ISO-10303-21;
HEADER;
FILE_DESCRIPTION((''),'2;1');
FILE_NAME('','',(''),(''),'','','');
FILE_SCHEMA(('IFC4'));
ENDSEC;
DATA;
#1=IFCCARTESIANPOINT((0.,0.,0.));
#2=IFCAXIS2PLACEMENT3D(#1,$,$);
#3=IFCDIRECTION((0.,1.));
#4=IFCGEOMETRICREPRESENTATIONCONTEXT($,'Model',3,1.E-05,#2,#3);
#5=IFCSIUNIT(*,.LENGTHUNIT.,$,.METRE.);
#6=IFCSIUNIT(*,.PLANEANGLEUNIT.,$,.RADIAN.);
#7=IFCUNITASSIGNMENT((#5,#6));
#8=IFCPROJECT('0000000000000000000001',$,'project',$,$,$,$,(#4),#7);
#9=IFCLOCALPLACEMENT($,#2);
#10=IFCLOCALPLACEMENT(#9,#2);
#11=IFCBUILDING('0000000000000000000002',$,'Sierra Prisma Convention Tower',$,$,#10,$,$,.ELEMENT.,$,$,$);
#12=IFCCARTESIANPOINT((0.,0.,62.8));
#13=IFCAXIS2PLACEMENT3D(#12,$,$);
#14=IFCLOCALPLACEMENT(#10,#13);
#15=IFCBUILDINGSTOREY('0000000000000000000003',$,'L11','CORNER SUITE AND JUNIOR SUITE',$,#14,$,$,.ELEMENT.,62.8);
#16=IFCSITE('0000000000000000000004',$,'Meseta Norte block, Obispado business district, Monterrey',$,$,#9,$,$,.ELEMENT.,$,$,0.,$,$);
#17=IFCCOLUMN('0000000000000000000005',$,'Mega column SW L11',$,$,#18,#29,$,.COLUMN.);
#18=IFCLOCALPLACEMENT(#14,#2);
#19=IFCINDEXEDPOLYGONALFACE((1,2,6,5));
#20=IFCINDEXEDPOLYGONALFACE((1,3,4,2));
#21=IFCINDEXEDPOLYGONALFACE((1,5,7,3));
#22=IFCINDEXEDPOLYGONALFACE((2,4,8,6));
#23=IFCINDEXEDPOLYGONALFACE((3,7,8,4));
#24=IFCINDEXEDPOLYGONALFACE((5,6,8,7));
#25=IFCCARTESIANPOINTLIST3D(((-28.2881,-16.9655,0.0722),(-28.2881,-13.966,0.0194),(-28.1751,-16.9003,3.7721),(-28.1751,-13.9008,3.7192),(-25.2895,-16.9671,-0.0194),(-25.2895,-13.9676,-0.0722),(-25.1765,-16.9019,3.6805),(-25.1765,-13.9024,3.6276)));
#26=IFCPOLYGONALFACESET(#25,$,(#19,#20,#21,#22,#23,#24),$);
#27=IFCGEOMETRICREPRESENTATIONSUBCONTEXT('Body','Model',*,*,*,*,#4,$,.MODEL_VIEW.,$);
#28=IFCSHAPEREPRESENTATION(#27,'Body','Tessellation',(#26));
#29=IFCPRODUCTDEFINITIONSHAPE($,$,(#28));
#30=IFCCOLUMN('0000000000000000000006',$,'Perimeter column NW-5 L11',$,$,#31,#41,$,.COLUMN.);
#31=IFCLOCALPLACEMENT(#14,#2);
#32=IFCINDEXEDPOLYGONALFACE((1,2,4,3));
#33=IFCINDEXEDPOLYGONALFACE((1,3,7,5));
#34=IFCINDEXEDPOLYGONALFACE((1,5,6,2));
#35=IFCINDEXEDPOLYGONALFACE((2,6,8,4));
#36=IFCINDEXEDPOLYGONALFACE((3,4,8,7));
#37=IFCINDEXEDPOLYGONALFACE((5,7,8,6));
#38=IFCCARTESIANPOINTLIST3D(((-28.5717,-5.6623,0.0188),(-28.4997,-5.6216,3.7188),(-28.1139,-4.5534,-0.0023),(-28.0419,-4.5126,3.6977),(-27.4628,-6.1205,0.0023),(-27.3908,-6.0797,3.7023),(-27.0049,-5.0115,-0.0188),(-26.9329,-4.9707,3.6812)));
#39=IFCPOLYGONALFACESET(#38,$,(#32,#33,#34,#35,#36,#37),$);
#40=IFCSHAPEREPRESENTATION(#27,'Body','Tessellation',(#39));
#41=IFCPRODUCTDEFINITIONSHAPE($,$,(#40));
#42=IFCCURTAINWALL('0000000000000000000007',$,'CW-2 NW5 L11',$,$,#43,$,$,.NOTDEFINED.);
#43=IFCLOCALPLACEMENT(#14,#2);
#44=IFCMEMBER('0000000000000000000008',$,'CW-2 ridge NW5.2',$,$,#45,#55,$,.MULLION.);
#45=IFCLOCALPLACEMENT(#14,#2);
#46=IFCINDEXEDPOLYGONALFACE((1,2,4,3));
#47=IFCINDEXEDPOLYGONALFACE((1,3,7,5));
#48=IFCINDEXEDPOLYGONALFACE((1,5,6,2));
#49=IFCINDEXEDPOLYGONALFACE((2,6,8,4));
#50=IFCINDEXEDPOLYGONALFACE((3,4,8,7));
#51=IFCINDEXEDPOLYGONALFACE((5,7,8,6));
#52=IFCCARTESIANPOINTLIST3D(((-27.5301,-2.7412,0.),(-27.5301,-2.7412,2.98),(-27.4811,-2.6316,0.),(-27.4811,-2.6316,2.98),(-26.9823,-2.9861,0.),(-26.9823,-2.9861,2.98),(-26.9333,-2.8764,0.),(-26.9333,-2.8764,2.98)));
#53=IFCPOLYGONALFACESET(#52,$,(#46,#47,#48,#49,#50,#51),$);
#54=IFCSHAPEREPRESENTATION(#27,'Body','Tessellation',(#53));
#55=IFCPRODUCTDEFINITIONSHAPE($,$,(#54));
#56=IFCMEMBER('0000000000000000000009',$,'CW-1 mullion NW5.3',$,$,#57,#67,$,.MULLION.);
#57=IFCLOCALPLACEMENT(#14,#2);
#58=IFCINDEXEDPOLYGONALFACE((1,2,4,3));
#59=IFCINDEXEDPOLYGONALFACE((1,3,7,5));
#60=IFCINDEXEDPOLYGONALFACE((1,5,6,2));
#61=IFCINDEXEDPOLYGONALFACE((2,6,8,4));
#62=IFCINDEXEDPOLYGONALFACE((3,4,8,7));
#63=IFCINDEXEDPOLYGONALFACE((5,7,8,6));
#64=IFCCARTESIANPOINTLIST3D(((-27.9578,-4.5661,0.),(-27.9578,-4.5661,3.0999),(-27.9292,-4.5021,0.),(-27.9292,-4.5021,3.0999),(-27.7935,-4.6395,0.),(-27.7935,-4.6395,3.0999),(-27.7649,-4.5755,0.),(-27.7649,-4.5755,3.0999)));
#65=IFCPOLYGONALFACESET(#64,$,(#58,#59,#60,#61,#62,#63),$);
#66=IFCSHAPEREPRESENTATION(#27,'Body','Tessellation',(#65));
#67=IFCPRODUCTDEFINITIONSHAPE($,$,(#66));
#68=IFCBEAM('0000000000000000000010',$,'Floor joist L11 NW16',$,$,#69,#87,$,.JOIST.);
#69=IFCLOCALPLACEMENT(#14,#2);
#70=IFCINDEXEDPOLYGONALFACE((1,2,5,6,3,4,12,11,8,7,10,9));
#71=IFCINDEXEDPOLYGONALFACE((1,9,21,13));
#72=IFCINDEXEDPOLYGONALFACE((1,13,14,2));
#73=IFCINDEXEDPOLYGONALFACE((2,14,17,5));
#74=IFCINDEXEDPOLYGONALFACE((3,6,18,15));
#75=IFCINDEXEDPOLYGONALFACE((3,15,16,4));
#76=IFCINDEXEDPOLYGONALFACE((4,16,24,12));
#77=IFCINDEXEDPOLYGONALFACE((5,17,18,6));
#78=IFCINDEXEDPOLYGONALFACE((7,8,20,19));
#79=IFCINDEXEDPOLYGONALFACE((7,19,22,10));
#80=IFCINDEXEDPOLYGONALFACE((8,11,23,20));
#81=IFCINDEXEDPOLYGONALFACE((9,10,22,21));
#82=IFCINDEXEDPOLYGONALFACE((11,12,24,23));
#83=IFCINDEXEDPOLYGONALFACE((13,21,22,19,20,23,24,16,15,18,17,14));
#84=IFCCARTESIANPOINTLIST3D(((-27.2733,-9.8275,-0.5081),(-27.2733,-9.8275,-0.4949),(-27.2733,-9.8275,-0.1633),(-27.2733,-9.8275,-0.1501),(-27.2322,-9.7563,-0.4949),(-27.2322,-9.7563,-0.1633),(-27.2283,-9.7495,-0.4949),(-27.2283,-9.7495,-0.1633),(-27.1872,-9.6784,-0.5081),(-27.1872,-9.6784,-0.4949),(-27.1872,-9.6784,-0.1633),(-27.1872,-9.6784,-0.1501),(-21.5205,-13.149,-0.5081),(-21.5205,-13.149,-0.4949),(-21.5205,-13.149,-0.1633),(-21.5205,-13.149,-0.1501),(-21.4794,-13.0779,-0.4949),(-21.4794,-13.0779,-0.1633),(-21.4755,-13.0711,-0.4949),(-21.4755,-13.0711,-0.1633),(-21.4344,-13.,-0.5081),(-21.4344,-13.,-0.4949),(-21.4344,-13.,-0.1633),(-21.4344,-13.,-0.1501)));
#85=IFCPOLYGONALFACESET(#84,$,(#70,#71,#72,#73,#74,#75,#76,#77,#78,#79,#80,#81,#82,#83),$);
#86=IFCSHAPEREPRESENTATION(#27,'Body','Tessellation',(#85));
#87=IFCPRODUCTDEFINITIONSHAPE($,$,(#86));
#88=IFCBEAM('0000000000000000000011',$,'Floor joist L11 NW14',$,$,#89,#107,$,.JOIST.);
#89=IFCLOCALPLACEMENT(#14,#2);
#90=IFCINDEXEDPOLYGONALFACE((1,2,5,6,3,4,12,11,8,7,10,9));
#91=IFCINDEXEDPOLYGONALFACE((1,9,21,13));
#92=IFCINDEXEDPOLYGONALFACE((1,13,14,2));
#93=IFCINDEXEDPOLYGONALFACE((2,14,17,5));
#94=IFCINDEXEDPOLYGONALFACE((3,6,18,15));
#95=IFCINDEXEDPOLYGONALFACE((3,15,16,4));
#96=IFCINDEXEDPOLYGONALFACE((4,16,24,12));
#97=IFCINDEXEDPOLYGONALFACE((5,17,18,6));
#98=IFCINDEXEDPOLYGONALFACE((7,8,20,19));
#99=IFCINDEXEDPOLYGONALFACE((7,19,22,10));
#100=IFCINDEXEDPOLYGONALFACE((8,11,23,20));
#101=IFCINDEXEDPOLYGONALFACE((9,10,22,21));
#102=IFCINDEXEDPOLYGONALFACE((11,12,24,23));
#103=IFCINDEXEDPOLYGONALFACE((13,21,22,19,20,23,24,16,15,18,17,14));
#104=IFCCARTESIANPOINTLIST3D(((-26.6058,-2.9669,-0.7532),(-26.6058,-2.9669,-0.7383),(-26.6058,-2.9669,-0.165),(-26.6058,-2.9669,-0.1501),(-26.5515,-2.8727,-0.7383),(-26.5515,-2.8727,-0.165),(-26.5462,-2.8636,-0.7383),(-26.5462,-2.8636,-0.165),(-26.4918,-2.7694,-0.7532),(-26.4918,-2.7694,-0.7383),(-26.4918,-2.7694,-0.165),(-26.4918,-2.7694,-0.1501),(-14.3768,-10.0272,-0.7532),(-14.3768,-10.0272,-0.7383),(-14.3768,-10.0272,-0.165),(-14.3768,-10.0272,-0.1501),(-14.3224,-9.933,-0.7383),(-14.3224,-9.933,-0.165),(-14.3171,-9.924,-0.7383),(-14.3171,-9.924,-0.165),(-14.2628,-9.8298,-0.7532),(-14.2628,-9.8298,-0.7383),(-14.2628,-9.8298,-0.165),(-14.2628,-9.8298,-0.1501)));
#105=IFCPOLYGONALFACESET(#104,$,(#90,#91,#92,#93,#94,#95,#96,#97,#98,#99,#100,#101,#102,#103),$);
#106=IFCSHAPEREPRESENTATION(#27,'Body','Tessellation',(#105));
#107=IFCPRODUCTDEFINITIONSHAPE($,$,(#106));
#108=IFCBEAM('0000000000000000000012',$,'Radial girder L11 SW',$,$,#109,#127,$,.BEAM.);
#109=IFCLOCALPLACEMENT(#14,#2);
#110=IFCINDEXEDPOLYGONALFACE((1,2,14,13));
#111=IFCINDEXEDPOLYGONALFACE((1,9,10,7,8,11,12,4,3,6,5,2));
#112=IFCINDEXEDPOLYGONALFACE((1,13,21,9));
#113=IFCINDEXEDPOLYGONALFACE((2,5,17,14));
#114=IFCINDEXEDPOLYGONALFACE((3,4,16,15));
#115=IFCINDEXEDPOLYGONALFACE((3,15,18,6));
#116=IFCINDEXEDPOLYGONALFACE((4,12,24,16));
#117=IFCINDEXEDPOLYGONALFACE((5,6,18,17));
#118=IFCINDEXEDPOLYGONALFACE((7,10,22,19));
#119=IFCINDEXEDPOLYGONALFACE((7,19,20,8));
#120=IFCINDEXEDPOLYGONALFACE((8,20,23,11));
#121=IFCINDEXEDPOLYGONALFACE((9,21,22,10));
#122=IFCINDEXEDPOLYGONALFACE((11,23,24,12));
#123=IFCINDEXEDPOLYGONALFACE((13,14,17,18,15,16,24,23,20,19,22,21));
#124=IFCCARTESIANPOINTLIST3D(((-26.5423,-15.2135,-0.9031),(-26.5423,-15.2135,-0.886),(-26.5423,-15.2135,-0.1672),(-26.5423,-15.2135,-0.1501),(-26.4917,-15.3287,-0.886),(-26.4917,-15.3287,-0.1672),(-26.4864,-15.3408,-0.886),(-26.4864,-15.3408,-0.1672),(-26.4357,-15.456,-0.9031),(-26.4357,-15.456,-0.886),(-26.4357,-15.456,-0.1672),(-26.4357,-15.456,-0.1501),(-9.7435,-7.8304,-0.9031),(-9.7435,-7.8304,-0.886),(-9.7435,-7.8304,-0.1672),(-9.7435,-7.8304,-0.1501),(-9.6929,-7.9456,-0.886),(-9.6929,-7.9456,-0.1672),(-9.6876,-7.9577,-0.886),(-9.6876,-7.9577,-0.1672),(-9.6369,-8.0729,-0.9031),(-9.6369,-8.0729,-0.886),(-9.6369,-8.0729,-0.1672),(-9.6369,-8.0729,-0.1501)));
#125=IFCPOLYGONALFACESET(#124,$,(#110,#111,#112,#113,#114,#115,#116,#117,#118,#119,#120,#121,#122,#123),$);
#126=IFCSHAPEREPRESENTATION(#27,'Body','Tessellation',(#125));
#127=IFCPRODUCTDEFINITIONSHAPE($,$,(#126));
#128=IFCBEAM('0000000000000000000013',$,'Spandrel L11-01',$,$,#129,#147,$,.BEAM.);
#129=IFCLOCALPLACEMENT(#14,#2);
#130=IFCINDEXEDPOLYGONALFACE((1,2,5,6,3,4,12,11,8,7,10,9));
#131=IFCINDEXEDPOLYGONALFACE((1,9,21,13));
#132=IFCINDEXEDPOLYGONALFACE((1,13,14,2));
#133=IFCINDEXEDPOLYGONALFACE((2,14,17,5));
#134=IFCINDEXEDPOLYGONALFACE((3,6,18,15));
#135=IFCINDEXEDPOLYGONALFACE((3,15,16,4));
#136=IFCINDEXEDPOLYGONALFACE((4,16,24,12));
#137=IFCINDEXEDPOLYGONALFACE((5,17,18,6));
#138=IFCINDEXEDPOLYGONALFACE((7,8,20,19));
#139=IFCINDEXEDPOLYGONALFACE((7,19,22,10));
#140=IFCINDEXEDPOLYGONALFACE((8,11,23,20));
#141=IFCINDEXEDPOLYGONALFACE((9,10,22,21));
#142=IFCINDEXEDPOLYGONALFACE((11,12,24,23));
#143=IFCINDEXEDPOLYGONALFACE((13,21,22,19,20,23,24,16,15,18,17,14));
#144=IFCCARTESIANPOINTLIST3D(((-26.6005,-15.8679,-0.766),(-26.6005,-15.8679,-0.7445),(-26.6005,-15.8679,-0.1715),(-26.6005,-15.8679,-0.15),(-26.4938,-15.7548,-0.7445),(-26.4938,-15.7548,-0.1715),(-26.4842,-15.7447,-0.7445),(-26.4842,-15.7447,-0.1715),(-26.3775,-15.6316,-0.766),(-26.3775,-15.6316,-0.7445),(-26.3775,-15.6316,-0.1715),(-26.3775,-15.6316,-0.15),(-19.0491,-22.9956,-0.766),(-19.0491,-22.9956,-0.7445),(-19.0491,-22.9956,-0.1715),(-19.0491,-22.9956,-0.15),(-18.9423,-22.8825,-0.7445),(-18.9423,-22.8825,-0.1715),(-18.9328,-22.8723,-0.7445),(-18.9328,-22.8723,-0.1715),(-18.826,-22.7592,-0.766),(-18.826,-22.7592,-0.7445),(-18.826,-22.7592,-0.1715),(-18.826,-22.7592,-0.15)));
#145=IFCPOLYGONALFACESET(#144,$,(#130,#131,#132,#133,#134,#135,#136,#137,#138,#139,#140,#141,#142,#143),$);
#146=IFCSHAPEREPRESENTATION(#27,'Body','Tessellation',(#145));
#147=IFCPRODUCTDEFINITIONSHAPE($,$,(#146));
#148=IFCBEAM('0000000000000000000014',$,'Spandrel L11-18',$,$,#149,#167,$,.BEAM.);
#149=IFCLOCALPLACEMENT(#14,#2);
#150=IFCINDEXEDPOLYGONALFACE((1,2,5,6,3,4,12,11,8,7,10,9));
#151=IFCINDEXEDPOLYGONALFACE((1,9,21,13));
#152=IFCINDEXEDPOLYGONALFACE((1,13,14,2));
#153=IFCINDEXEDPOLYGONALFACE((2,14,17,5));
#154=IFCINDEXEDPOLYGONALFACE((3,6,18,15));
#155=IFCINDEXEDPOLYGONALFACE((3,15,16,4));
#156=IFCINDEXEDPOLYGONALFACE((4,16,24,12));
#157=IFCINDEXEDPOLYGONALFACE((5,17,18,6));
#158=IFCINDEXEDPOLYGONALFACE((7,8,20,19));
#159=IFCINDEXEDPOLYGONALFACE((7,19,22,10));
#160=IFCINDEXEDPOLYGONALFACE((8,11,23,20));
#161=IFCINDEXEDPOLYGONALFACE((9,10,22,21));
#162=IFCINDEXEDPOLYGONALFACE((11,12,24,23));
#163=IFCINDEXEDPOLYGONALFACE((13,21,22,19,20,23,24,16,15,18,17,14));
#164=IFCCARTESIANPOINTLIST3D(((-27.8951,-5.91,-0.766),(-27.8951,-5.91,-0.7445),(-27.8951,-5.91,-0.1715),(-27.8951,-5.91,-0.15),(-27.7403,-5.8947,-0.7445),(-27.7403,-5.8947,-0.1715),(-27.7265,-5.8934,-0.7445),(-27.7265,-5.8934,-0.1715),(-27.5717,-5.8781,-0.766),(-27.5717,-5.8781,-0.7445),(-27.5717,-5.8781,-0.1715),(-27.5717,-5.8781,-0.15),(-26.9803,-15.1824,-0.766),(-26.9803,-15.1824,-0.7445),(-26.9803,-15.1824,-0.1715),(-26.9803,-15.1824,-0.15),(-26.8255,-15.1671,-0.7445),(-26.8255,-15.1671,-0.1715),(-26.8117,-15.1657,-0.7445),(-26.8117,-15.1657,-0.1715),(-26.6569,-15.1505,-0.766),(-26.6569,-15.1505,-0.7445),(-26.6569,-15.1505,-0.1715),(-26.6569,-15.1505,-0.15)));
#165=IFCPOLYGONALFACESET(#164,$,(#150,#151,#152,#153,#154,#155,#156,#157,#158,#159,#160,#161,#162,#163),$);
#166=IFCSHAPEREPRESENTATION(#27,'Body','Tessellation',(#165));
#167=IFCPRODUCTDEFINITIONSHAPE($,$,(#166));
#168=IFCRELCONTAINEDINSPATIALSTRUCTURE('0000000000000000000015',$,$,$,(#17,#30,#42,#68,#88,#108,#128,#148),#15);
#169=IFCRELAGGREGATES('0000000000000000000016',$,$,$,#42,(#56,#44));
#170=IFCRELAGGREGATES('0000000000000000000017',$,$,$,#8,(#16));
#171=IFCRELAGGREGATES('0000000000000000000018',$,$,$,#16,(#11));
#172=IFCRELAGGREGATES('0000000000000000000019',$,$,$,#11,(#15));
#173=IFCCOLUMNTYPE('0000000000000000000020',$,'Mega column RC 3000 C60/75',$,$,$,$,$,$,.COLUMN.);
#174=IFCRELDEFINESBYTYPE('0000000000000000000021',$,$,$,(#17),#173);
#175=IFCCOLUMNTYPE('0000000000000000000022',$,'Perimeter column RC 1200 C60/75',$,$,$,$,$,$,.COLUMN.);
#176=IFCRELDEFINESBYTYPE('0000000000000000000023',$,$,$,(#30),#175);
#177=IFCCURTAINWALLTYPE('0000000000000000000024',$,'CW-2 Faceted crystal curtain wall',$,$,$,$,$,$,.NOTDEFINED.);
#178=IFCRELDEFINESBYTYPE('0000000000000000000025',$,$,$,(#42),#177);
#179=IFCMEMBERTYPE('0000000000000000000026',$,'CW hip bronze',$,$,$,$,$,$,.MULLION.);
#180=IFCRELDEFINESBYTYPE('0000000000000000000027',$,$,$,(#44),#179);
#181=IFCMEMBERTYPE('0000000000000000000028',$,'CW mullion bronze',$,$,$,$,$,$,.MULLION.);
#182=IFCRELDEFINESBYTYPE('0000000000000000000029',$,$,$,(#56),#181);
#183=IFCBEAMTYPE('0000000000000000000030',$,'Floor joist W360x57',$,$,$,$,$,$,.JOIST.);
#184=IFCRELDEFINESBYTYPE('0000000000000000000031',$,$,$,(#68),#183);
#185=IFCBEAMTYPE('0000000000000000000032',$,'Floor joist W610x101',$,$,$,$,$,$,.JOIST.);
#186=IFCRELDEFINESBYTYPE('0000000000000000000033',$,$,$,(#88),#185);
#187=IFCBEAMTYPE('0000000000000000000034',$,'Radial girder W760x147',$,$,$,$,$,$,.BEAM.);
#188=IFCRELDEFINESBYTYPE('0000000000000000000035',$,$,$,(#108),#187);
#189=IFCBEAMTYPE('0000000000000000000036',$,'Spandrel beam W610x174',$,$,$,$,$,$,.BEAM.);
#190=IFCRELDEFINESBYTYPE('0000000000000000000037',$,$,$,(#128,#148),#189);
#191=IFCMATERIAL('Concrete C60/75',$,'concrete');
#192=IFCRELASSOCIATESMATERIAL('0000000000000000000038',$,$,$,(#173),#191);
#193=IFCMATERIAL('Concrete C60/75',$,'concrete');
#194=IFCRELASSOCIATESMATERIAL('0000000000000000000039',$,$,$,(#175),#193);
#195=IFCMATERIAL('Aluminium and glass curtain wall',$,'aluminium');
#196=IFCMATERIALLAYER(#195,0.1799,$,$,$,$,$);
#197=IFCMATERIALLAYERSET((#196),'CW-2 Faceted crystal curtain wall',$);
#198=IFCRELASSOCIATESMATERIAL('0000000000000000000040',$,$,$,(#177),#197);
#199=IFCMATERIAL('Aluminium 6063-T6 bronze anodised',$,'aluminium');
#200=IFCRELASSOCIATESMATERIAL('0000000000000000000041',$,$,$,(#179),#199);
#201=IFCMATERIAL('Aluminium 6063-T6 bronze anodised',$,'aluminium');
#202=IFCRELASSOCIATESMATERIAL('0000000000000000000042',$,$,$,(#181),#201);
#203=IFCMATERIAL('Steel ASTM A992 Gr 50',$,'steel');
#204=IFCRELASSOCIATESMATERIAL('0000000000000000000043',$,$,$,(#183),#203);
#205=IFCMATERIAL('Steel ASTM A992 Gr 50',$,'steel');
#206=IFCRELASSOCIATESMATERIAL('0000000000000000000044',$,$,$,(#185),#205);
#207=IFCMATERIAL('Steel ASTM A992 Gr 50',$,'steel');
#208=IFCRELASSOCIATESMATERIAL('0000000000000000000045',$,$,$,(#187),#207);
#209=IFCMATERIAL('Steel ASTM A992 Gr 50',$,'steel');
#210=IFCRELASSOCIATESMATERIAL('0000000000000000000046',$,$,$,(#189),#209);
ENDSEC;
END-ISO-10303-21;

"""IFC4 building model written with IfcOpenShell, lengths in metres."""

from ifc_helpers import new_model, si_unit, direction, frame, origin, origin_2d, place, context, subcontext, project, spatial, rectangle, i_section, extrude, material, layer, layer_set, material_profile, profile_set, type_object, element, aggregate, save


model = new_model("IFC4")

# Units and contexts
model_context = context("Model", 3, precision=1e-05, world=origin(), true_north=direction((0.0, 1.0)))
body_context = subcontext(model_context, "Body", "Model", "MODEL_VIEW")
ifc_project = project(units=[si_unit("LENGTHUNIT", "METRE"), si_unit("PLANEANGLEUNIT", "RADIAN")], contexts=[model_context])

# Site, building, storey
site_placement = place(None, origin())
site = spatial("IfcSite", under=ifc_project, at=site_placement, Name="Meseta Norte block, Obispado business district, Monterrey", CompositionType="ELEMENT", RefElevation=0.0)
building_placement = place(site_placement, origin())
building = spatial("IfcBuilding", under=site, at=building_placement, Name="Sierra Prisma Convention Tower", CompositionType="ELEMENT")
storey_placement = place(building_placement, frame((0.0, 0.0, 62.8)))
storey = spatial("IfcBuildingStorey", under=building, at=storey_placement, Name="L11", Description="CORNER SUITE AND JUNIOR SUITE", CompositionType="ELEMENT", Elevation=62.8)

# Columns
ifc_material_1 = material(Name="Concrete C60/75", Category="concrete")
ifc_material_profile_1 = material_profile(ifc_material_1, rectangle(XDim=3.0, YDim=3.0, at=origin_2d()), Name="Mega column RC 3000 C60/75")
ifc_profile_set_1 = profile_set([ifc_material_profile_1], Name="Concrete C60/75")
column_type_1 = type_object("IfcColumnType", Name="Mega column RC 3000 C60/75", PredefinedType="COLUMN", material=ifc_profile_set_1)
column_1_placement = place(storey_placement, frame((-26.7888, -15.4666, 0.0), z_axis=(0.030532, 0.017607, 0.999379), x_axis=(0.999534, -0.000538, -0.030527)))
element("IfcColumn", 1, at=column_1_placement, inside=storey, type_object=column_type_1, Name="Mega column SW L11", PredefinedType="COLUMN", context=body_context, shape_type="SweptSolid", body=[
    extrude(rectangle(XDim=3.0, YDim=3.0, at=origin_2d()), origin(), (0.0, 0.0, 1.0), 3.7021),
])
ifc_material_2 = material(Name="Concrete C60/75", Category="concrete")
ifc_material_profile_2 = material_profile(ifc_material_2, rectangle(XDim=1.2, YDim=1.2, at=origin_2d()), Name="Perimeter column RC 1200 C60/75")
ifc_profile_set_2 = profile_set([ifc_material_profile_2], Name="Concrete C60/75")
column_type_2 = type_object("IfcColumnType", Name="Perimeter column RC 1200 C60/75", PredefinedType="COLUMN", material=ifc_profile_set_2)
column_2_placement = place(storey_placement, frame((-27.7883, -5.3369, 0.0), z_axis=(0.019461, 0.011017, 0.99975), x_axis=(0.381542, 0.924184, -0.017611)))
element("IfcColumn", 2, at=column_2_placement, inside=storey, type_object=column_type_2, Name="Perimeter column NW-5 L11", PredefinedType="COLUMN", context=body_context, shape_type="SweptSolid", body=[
    extrude(rectangle(XDim=1.2, YDim=1.2, at=origin_2d()), origin(), (0.0, 0.0, 1.0), 3.7009),
])

# Curtain wall, members
ifc_material_3 = material(Name="Aluminium and glass curtain wall", Category="aluminium")
ifc_layer_1 = layer(ifc_material_3, 0.1799)
ifc_layer_set_1 = layer_set([ifc_layer_1], Name="CW-2 Faceted crystal curtain wall")
curtain_wall_type = type_object("IfcCurtainWallType", Name="CW-2 Faceted crystal curtain wall", PredefinedType="NOTDEFINED", material=ifc_layer_set_1)
curtain_wall_1_placement = place(storey_placement, origin())
curtain_wall_1 = element("IfcCurtainWall", 3, at=curtain_wall_1_placement, inside=storey, type_object=curtain_wall_type, Name="CW-2 NW5 L11", PredefinedType="NOTDEFINED")
ifc_material_4 = material(Name="Aluminium 6063-T6 bronze anodised", Category="aluminium")
ifc_material_profile_3 = material_profile(ifc_material_4, rectangle(XDim=0.1201, YDim=0.6001, at=origin_2d()), Name="ALU RIDGE BLADE 120x600")
ifc_profile_set_3 = profile_set([ifc_material_profile_3], Name="Aluminium 6063-T6 bronze anodised")
member_type_1 = type_object("IfcMemberType", Name="CW hip bronze", PredefinedType="MULLION", material=ifc_profile_set_3)
member_1_placement = place(storey_placement, frame((-27.2317, -2.8088, 0.0), z_axis=(0.0, 0.0, 1.0), x_axis=(-0.408052, -0.912959, 0.0)))
member_1 = element("IfcMember", 4, at=member_1_placement, type_object=member_type_1, Name="CW-2 ridge NW5.2", PredefinedType="MULLION", context=body_context, shape_type="SweptSolid", body=[
    extrude(rectangle(XDim=0.1201, YDim=0.6001, at=origin_2d()), origin(), (0.0, 0.0, 1.0), 2.98),
])
ifc_material_5 = material(Name="Aluminium 6063-T6 bronze anodised", Category="aluminium")
ifc_material_profile_4 = material_profile(ifc_material_5, rectangle(XDim=0.1799, YDim=0.0701, at=origin_2d()), Name="ALU MULLION 70x180")
ifc_profile_set_4 = profile_set([ifc_material_profile_4], Name="Aluminium 6063-T6 bronze anodised")
member_type_2 = type_object("IfcMemberType", Name="CW mullion bronze", PredefinedType="MULLION", material=ifc_profile_set_4)
member_2_placement = place(storey_placement, frame((-27.8613, -4.5708, 0.0), z_axis=(0.0, 0.0, 1.0), x_axis=(0.912959, -0.408052, 0.0)))
member_2 = element("IfcMember", 5, at=member_2_placement, type_object=member_type_2, Name="CW-1 mullion NW5.3", PredefinedType="MULLION", context=body_context, shape_type="SweptSolid", body=[
    extrude(rectangle(XDim=0.1799, YDim=0.0701, at=origin_2d()), origin(), (0.0, 0.0, 1.0), 3.0999),
])

# Beams
ifc_material_6 = material(Name="Steel ASTM A992 Gr 50", Category="steel")
ifc_material_profile_5 = material_profile(ifc_material_6, i_section(OverallWidth=0.1721, OverallDepth=0.3579, WebThickness=0.0078, FlangeThickness=0.0132, at=origin_2d()), Name="W360x57")
ifc_profile_set_5 = profile_set([ifc_material_profile_5], Name="Steel ASTM A992 Gr 50")
beam_type_1 = type_object("IfcBeamType", Name="Floor joist W360x57", PredefinedType="JOIST", material=ifc_profile_set_5)
beam_1_placement = place(storey_placement, frame((-27.2302, -9.7529, -0.3291), z_axis=(0.866011, -0.500025, 0.0), x_axis=(0.500025, 0.866011, 0.0)))
element("IfcBeam", 6, at=beam_1_placement, inside=storey, type_object=beam_type_1, Name="Floor joist L11 NW16", PredefinedType="JOIST", context=body_context, shape_type="SweptSolid", body=[
    extrude(i_section(OverallWidth=0.1721, OverallDepth=0.3579, WebThickness=0.0078, FlangeThickness=0.0132, at=origin_2d()), origin(), (0.0, 0.0, 1.0), 6.6428),
])
ifc_material_7 = material(Name="Steel ASTM A992 Gr 50", Category="steel")
ifc_material_profile_6 = material_profile(ifc_material_7, i_section(OverallWidth=0.228, OverallDepth=0.603, WebThickness=0.0105, FlangeThickness=0.0149, at=origin_2d()), Name="W610x101")
ifc_profile_set_6 = profile_set([ifc_material_profile_6], Name="Steel ASTM A992 Gr 50")
beam_type_2 = type_object("IfcBeamType", Name="Floor joist W610x101", PredefinedType="JOIST", material=ifc_profile_set_6)
beam_2_placement = place(storey_placement, frame((-26.5488, -2.8682, -0.4517), z_axis=(0.866029, -0.499994, 0.0), x_axis=(0.499994, 0.866029, 0.0)))
element("IfcBeam", 7, at=beam_2_placement, inside=storey, type_object=beam_type_2, Name="Floor joist L11 NW14", PredefinedType="JOIST", context=body_context, shape_type="SweptSolid", body=[
    extrude(i_section(OverallWidth=0.228, OverallDepth=0.603, WebThickness=0.0105, FlangeThickness=0.0149, at=origin_2d()), origin(), (0.0, 0.0, 1.0), 14.1208),
])
ifc_material_8 = material(Name="Steel ASTM A992 Gr 50", Category="steel")
ifc_material_profile_7 = material_profile(ifc_material_8, i_section(OverallWidth=0.2649, OverallDepth=0.7529, WebThickness=0.0132, FlangeThickness=0.0171, at=origin_2d()), Name="W760x147")
ifc_profile_set_7 = profile_set([ifc_material_profile_7], Name="Steel ASTM A992 Gr 50")
beam_type_3 = type_object("IfcBeamType", Name="Radial girder W760x147", PredefinedType="BEAM", material=ifc_profile_set_7)
beam_3_placement = place(storey_placement, frame((-26.489, -15.3347, -0.5266), z_axis=(0.915484, 0.402354, 0.0), x_axis=(-0.402354, 0.915484, 0.0)))
element("IfcBeam", 8, at=beam_3_placement, inside=storey, type_object=beam_type_3, Name="Radial girder L11 SW", PredefinedType="BEAM", context=body_context, shape_type="SweptSolid", body=[
    extrude(i_section(OverallWidth=0.2649, OverallDepth=0.7529, WebThickness=0.0132, FlangeThickness=0.0171, at=origin_2d()), origin(), (0.0, 0.0, 1.0), 18.3496),
])
ifc_material_9 = material(Name="Steel ASTM A992 Gr 50", Category="steel")
ifc_material_profile_8 = material_profile(ifc_material_9, i_section(OverallWidth=0.325, OverallDepth=0.616, WebThickness=0.0139, FlangeThickness=0.0215, at=origin_2d()), Name="W610x174")
ifc_profile_set_8 = profile_set([ifc_material_profile_8], Name="Steel ASTM A992 Gr 50")
beam_type_4 = type_object("IfcBeamType", Name="Spandrel beam W610x174", PredefinedType="BEAM", material=ifc_profile_set_8)
beam_4_placement = place(storey_placement, frame((-26.489, -15.7498, -0.458), z_axis=(0.72722, -0.686405, 0.0), x_axis=(0.686405, 0.72722, 0.0)))
element("IfcBeam", 9, at=beam_4_placement, inside=storey, type_object=beam_type_4, Name="Spandrel L11-01", PredefinedType="BEAM", context=body_context, shape_type="SweptSolid", body=[
    extrude(i_section(OverallWidth=0.325, OverallDepth=0.616, WebThickness=0.0139, FlangeThickness=0.0215, at=origin_2d()), origin(), (0.0, 0.0, 1.0), 10.384),
])
beam_5_placement = place(storey_placement, frame((-27.7334, -5.894, -0.458), z_axis=(0.098181, -0.995169, 0.0), x_axis=(0.995169, 0.098181, 0.0)))
element("IfcBeam", 10, at=beam_5_placement, inside=storey, type_object=beam_type_4, Name="Spandrel L11-18", PredefinedType="BEAM", context=body_context, shape_type="SweptSolid", body=[
    extrude(i_section(OverallWidth=0.325, OverallDepth=0.616, WebThickness=0.0139, FlangeThickness=0.0215, at=origin_2d()), origin(), (0.0, 0.0, 1.0), 9.3174),
])

aggregate(curtain_wall_1, [member_2, member_1])

save(model, "model.ifc")
